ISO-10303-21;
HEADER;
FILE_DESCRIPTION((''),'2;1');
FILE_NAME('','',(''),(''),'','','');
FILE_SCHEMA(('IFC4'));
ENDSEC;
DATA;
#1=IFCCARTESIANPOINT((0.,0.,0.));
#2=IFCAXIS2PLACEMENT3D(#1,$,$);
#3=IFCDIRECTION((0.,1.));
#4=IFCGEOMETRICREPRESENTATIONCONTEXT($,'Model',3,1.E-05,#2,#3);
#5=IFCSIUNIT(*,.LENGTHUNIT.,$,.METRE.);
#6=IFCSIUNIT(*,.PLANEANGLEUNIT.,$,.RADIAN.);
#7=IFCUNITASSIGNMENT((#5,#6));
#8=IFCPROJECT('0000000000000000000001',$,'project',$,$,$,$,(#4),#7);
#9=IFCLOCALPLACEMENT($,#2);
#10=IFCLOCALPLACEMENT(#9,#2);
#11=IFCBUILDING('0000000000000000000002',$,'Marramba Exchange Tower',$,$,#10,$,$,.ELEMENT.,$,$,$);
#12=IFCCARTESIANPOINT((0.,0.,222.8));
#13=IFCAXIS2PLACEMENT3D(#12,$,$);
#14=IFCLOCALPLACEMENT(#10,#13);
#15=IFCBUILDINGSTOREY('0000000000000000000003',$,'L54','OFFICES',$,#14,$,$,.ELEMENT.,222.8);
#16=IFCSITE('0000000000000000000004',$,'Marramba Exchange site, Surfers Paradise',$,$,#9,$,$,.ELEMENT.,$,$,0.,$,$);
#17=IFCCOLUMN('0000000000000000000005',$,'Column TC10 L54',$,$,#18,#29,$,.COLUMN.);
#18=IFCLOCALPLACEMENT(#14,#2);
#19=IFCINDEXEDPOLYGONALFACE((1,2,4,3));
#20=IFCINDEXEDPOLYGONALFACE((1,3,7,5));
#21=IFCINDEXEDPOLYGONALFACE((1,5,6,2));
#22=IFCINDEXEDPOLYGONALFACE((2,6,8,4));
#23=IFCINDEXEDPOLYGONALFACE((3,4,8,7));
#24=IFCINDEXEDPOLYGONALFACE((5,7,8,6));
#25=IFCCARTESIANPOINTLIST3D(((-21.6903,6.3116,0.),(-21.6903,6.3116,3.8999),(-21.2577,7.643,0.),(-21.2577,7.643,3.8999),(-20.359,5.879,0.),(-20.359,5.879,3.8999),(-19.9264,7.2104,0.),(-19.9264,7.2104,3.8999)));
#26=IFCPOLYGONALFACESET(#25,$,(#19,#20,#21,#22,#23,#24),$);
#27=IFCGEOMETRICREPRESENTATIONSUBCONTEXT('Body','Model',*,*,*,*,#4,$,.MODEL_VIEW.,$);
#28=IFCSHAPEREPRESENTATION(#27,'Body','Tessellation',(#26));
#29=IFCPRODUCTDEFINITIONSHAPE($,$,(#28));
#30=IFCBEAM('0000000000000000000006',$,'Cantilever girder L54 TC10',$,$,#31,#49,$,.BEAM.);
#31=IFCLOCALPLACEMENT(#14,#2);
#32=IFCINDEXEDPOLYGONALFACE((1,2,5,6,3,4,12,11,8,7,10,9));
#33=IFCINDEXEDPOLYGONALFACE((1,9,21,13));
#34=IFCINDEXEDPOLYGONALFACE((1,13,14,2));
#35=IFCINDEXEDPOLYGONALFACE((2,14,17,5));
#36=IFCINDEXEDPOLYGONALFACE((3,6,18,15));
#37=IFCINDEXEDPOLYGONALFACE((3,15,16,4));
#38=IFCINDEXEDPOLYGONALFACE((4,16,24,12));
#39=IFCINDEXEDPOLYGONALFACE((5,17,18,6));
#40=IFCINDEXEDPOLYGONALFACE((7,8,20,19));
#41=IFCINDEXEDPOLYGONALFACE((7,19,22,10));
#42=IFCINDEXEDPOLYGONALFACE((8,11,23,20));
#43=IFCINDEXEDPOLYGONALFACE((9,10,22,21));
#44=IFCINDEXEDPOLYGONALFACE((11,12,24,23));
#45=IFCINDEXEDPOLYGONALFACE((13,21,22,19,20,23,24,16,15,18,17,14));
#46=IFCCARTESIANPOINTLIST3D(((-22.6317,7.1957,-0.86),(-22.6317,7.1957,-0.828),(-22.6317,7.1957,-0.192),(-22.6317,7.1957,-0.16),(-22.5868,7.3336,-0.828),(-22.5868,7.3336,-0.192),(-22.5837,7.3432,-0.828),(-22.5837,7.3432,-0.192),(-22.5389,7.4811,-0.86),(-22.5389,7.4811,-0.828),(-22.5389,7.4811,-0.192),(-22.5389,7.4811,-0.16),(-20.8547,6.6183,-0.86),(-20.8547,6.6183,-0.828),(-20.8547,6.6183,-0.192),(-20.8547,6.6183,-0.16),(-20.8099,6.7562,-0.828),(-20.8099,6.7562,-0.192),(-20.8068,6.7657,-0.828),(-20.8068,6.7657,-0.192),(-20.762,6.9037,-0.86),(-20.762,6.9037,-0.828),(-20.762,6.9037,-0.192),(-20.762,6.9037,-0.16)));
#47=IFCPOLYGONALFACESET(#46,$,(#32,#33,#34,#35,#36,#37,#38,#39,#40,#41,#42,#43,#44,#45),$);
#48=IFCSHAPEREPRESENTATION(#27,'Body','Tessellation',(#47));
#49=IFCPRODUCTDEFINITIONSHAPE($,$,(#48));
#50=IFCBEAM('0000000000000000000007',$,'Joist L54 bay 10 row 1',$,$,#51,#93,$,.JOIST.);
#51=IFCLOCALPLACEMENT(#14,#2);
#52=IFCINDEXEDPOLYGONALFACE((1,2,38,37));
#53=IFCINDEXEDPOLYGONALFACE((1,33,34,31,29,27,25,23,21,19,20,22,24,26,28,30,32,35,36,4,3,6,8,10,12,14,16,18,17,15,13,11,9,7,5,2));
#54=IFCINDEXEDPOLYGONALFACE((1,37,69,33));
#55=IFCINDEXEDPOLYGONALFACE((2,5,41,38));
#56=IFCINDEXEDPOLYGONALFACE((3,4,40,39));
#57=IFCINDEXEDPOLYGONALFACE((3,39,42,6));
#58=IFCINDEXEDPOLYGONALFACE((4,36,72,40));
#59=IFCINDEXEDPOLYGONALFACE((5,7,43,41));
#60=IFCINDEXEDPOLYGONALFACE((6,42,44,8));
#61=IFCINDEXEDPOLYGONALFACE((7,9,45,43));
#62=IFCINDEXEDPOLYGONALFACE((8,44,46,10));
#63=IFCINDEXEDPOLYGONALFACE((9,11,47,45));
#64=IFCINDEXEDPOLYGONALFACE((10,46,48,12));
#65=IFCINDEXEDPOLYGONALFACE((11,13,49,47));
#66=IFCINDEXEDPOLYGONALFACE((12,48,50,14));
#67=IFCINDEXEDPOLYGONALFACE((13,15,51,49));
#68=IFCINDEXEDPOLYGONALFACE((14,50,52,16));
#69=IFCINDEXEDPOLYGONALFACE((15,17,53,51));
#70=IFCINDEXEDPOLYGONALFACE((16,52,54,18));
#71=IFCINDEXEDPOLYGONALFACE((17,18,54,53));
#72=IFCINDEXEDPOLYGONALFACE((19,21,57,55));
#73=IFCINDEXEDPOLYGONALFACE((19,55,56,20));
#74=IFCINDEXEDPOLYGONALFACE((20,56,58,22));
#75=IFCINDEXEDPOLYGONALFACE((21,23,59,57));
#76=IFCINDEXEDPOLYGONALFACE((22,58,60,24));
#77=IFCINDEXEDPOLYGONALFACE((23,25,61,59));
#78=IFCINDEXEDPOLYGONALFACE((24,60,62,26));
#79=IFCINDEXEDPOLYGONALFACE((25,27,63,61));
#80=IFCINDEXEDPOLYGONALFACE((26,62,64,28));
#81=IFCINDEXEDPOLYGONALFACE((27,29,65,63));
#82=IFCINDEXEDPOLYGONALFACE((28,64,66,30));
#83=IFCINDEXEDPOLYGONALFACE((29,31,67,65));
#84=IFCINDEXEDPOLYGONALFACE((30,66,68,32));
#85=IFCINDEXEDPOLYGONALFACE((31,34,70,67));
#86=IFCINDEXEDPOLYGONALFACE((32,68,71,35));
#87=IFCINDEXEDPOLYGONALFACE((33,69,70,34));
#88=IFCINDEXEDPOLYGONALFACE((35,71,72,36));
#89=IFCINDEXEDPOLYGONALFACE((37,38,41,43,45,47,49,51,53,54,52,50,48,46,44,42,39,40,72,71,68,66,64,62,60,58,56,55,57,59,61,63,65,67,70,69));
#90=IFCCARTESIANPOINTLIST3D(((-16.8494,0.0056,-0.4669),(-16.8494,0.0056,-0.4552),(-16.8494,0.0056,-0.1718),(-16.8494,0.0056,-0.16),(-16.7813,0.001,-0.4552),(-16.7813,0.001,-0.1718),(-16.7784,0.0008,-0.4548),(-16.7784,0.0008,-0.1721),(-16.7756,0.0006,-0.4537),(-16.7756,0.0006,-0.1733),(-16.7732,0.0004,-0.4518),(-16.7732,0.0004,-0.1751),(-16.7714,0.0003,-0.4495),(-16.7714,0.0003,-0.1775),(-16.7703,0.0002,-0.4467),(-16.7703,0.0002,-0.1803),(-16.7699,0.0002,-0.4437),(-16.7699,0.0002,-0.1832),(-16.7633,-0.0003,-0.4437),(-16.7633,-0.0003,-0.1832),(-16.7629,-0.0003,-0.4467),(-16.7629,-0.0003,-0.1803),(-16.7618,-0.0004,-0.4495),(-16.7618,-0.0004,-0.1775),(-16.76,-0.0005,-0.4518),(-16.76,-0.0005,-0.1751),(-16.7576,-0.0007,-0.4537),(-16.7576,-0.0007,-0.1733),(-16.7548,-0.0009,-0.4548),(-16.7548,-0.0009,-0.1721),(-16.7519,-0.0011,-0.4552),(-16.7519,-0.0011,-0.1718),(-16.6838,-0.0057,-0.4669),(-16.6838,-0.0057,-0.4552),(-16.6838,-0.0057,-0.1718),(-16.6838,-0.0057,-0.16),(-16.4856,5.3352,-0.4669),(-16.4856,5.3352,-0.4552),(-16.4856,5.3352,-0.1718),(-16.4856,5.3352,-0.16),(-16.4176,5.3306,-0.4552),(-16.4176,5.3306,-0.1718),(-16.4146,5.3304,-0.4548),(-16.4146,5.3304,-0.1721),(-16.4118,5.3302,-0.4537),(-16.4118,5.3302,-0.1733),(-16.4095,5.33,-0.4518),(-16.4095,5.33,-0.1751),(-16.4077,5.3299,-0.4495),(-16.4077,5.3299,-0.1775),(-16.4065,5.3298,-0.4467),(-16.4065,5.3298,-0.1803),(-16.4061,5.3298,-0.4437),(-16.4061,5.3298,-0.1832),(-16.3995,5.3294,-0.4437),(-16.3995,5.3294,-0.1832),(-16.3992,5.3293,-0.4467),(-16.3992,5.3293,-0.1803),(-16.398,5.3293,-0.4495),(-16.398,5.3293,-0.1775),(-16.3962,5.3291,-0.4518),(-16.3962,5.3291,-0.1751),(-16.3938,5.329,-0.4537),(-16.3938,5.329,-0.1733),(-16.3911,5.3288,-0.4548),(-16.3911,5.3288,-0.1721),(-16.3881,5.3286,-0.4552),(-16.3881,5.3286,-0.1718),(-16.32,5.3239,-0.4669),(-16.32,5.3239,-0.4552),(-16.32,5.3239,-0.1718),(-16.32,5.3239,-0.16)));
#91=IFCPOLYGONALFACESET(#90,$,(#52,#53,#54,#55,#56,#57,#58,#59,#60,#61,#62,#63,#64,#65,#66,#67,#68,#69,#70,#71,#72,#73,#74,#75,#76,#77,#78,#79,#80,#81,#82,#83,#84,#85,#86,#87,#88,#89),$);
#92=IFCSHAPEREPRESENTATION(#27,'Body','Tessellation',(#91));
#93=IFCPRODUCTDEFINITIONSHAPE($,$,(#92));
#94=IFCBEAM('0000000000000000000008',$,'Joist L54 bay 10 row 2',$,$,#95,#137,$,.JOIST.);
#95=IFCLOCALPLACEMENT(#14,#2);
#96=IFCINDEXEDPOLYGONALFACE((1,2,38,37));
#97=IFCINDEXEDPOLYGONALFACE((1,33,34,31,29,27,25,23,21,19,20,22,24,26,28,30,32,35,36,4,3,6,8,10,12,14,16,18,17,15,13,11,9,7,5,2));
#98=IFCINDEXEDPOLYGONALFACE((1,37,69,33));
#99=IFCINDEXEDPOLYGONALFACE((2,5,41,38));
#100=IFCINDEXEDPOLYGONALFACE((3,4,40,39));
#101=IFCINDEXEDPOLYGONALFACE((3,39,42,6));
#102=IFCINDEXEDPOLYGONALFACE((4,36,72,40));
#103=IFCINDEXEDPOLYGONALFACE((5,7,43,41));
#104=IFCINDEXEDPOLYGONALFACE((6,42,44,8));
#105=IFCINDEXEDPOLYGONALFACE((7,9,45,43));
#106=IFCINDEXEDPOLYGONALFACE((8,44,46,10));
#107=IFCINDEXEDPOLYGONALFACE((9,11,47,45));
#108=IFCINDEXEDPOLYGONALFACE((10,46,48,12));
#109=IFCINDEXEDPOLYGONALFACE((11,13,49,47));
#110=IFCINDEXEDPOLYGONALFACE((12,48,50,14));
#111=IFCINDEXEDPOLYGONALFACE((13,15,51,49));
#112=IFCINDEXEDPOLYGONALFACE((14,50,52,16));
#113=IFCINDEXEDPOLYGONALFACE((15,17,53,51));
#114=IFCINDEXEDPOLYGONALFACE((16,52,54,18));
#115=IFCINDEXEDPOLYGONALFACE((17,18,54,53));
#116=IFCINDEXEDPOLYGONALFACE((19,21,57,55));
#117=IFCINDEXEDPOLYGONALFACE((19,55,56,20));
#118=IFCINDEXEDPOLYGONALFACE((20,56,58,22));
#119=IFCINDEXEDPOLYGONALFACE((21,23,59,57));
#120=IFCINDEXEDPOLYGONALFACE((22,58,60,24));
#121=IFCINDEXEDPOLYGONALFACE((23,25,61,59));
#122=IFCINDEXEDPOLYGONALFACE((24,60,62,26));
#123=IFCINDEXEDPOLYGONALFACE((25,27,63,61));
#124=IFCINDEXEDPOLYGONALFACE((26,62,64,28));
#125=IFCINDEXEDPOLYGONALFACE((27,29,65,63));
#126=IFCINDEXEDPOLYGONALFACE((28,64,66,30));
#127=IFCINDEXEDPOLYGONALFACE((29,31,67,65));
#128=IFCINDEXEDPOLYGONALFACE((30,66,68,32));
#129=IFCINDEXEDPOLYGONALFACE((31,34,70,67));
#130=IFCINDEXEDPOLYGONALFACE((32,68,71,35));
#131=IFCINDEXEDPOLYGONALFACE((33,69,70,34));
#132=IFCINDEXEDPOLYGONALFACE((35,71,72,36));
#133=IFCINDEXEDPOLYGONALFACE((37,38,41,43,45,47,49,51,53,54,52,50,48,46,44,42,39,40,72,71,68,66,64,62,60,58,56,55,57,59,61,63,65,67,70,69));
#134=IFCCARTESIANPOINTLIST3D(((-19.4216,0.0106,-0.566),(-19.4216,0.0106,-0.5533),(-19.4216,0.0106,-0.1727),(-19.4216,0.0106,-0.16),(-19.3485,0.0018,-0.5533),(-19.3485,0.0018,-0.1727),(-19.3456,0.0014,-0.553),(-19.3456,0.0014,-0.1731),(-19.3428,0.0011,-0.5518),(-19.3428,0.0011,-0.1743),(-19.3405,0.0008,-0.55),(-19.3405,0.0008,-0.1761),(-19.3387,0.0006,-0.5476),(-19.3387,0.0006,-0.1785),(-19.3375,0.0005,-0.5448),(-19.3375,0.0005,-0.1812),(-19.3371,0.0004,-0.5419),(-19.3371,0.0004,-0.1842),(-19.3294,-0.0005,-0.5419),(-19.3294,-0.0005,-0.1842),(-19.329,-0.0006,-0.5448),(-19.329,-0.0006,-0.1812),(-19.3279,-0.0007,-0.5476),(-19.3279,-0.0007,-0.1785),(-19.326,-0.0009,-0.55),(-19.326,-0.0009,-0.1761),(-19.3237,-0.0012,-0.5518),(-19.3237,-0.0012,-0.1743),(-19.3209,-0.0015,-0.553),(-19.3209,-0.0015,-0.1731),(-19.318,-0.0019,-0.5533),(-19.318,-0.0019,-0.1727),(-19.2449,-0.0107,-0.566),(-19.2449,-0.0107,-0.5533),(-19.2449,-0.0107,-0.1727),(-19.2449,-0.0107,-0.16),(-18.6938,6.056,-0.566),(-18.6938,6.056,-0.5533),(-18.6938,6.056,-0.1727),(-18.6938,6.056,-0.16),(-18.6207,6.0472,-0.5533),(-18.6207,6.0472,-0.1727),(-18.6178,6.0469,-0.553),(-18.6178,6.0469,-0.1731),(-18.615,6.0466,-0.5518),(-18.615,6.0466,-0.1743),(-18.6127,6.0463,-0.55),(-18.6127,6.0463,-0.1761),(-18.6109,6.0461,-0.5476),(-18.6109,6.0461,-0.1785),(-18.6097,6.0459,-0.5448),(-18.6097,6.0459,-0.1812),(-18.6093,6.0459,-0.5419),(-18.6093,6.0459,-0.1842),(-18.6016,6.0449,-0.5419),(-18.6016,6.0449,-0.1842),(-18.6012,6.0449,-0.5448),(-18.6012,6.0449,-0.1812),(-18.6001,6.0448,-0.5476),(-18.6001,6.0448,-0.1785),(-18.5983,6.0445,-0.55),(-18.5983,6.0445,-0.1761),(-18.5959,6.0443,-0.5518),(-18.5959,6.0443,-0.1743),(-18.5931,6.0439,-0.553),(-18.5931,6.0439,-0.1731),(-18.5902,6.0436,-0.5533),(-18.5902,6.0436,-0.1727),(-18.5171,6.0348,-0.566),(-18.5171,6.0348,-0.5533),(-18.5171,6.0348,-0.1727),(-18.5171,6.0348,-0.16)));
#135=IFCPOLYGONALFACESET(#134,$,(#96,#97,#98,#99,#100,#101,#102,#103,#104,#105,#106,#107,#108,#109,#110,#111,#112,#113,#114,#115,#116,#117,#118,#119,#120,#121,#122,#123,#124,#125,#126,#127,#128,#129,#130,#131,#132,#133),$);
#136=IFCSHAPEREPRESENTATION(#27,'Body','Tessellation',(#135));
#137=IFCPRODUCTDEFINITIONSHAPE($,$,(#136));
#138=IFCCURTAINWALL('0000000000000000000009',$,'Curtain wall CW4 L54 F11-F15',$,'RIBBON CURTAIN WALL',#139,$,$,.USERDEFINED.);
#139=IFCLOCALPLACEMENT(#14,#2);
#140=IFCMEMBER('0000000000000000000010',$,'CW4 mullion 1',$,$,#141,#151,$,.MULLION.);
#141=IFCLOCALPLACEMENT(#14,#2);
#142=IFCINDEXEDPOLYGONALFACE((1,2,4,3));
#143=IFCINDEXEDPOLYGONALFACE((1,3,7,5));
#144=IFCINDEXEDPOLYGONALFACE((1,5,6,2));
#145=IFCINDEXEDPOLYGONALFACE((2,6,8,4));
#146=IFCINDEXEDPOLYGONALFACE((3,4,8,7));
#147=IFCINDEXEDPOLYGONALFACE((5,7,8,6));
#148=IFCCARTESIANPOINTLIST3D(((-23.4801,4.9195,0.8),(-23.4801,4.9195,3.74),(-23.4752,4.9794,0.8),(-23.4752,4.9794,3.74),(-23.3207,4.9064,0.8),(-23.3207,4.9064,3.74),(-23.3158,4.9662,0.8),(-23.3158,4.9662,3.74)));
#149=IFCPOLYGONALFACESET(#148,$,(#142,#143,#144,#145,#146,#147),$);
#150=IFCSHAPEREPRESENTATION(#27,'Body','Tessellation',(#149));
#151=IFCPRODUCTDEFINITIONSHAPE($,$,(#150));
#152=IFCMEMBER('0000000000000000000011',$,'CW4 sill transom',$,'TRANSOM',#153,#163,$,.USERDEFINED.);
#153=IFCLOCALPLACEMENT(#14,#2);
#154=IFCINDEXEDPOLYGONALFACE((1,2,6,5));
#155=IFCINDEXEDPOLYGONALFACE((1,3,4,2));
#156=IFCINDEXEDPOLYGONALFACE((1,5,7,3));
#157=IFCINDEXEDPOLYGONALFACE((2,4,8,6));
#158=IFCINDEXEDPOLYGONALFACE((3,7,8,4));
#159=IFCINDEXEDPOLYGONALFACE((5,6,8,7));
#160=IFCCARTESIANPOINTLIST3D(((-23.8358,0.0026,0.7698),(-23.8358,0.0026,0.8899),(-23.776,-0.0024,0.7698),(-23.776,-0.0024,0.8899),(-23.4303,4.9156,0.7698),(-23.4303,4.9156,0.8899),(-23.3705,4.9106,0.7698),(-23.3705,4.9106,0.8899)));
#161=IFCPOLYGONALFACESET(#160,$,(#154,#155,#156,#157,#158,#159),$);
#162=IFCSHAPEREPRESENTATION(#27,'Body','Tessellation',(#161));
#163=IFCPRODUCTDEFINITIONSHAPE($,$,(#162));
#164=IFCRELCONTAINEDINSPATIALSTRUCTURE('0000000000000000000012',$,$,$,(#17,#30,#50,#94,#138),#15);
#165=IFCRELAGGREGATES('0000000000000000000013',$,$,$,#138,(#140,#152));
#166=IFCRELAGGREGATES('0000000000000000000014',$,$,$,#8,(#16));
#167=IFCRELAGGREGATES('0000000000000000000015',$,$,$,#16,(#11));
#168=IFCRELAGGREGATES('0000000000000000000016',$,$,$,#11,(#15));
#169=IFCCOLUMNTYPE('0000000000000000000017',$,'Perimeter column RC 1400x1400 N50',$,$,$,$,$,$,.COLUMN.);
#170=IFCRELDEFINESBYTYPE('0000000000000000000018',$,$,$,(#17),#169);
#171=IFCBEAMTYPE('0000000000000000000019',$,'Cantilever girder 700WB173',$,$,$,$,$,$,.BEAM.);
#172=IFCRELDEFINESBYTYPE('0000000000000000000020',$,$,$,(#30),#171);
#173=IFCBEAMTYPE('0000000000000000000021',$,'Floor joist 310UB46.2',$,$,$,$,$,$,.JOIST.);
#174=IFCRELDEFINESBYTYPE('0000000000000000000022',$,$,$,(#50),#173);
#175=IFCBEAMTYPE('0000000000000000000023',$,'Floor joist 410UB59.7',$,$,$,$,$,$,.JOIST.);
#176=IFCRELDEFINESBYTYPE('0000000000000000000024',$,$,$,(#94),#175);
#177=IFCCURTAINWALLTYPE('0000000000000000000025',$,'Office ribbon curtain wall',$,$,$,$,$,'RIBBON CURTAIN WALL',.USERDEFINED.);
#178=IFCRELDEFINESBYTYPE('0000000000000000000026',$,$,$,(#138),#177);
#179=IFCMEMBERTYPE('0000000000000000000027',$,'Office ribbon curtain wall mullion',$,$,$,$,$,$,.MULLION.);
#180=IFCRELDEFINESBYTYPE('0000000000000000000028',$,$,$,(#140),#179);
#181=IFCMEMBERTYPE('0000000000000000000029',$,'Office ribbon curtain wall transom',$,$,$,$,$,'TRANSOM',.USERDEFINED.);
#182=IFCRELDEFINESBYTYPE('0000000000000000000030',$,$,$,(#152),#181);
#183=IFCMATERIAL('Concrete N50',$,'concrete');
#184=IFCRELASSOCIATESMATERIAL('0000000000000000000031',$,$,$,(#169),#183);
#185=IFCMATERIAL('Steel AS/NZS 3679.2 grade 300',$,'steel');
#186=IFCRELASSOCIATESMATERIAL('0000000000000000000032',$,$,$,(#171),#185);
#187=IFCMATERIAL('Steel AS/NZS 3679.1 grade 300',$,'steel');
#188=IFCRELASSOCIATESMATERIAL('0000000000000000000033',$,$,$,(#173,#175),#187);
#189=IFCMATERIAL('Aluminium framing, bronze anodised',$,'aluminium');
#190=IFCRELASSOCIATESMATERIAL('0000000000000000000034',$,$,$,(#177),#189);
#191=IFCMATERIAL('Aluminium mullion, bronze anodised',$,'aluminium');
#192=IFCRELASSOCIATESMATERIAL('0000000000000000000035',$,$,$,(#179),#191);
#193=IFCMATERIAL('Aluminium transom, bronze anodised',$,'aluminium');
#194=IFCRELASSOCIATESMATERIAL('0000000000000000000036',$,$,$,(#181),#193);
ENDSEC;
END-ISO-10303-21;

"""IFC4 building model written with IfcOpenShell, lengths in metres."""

from ifc_helpers import new_model, si_unit, direction, frame, origin, origin_2d, place, context, subcontext, project, spatial, rectangle, i_section, extrude, material, material_profile, profile_set, type_object, element, aggregate, save


model = new_model("IFC4")

# Units and contexts
model_context = context("Model", 3, precision=1e-05, world=origin(), true_north=direction((0.0, 1.0)))
body_context = subcontext(model_context, "Body", "Model", "MODEL_VIEW")
ifc_project = project(units=[si_unit("LENGTHUNIT", "METRE"), si_unit("PLANEANGLEUNIT", "RADIAN")], contexts=[model_context])

# Site, building, storey
site_placement = place(None, origin())
site = spatial("IfcSite", under=ifc_project, at=site_placement, Name="Marramba Exchange site, Surfers Paradise", CompositionType="ELEMENT", RefElevation=0.0)
building_placement = place(site_placement, origin())
building = spatial("IfcBuilding", under=site, at=building_placement, Name="Marramba Exchange Tower", CompositionType="ELEMENT")
storey_placement = place(building_placement, frame((0.0, 0.0, 222.8)))
storey = spatial("IfcBuildingStorey", under=building, at=storey_placement, Name="L54", Description="OFFICES", CompositionType="ELEMENT", Elevation=222.8)

# Column
ifc_material_1 = material(Name="Concrete N50", Category="concrete")
ifc_material_profile_1 = material_profile(ifc_material_1, rectangle(XDim=1.3999, YDim=1.3999, at=origin_2d()), Name="RC 1400x1400")
ifc_profile_set_1 = profile_set([ifc_material_profile_1], Name="Concrete N50")
column_type = type_object("IfcColumnType", Name="Perimeter column RC 1400x1400 N50", PredefinedType="COLUMN", material=ifc_profile_set_1)
column_placement = place(storey_placement, frame((-20.8083, 6.761, 0.0), z_axis=(0.0, 0.0, 1.0), x_axis=(-0.951057, 0.309017, 0.0)))
element("IfcColumn", 1, at=column_placement, inside=storey, type_object=column_type, Name="Column TC10 L54", PredefinedType="COLUMN", context=body_context, shape_type="SweptSolid", body=[
    extrude(rectangle(XDim=1.3999, YDim=1.3999, at=origin_2d()), origin(), (0.0, 0.0, 1.0), 3.8999),
])

# Beams
ifc_material_2 = material(Name="Steel AS/NZS 3679.2 grade 300", Category="steel")
ifc_material_profile_2 = material_profile(ifc_material_2, i_section(OverallWidth=0.3, OverallDepth=0.7, WebThickness=0.01, FlangeThickness=0.032, at=origin_2d()), Name="700WB173")
ifc_profile_set_2 = profile_set([ifc_material_profile_2], Name="Steel AS/NZS 3679.2 grade 300")
beam_type_1 = type_object("IfcBeamType", Name="Cantilever girder 700WB173", PredefinedType="BEAM", material=ifc_profile_set_2)
beam_1_placement = place(storey_placement, frame((-20.8083, 6.761, -0.51), z_axis=(-0.951048, 0.309045, 0.0), x_axis=(-0.309045, -0.951048, 0.0)))
element("IfcBeam", 2, at=beam_1_placement, inside=storey, type_object=beam_type_1, Name="Cantilever girder L54 TC10", PredefinedType="BEAM", context=body_context, shape_type="SweptSolid", body=[
    extrude(i_section(OverallWidth=0.3, OverallDepth=0.7, WebThickness=0.01, FlangeThickness=0.032, at=origin_2d()), origin(), (0.0, 0.0, 1.0), 1.8684),
])
ifc_material_3 = material(Name="Steel AS/NZS 3679.1 grade 300", Category="steel")
ifc_material_profile_3 = material_profile(ifc_material_3, i_section(OverallWidth=0.166, OverallDepth=0.3069, WebThickness=0.0066, FlangeThickness=0.0117, FilletRadius=0.0115, at=origin_2d()), Name="310UB46.2")
ifc_profile_set_3 = profile_set([ifc_material_profile_3], Name="Steel AS/NZS 3679.1 grade 300")
beam_type_2 = type_object("IfcBeamType", Name="Floor joist 310UB46.2", PredefinedType="JOIST", material=ifc_profile_set_3)
beam_2_placement = place(storey_placement, frame((-16.4028, 5.3296, -0.3135), z_axis=(-0.068096, -0.997679, 0.0), x_axis=(0.997679, -0.068096, 0.0)))
element("IfcBeam", 3, at=beam_2_placement, inside=storey, type_object=beam_type_2, Name="Joist L54 bay 10 row 1", PredefinedType="JOIST", context=body_context, shape_type="SweptSolid", body=[
    extrude(i_section(OverallWidth=0.166, OverallDepth=0.3069, WebThickness=0.0066, FlangeThickness=0.0117, FilletRadius=0.0115, at=origin_2d()), origin(), (0.0, 0.0, 1.0), 5.342),
])
ifc_material_profile_4 = material_profile(ifc_material_3, i_section(OverallWidth=0.178, OverallDepth=0.406, WebThickness=0.0078, FlangeThickness=0.0127, FilletRadius=0.0115, at=origin_2d()), Name="410UB59.7")
ifc_profile_set_4 = profile_set([ifc_material_profile_4], Name="Steel AS/NZS 3679.1 grade 300")
beam_type_3 = type_object("IfcBeamType", Name="Floor joist 410UB59.7", PredefinedType="JOIST", material=ifc_profile_set_4)
beam_3_placement = place(storey_placement, frame((-18.6055, 6.0454, -0.363), z_axis=(-0.119523, -0.992831, 0.0), x_axis=(0.992831, -0.119523, 0.0)))
element("IfcBeam", 4, at=beam_3_placement, inside=storey, type_object=beam_type_3, Name="Joist L54 bay 10 row 2", PredefinedType="JOIST", context=body_context, shape_type="SweptSolid", body=[
    extrude(i_section(OverallWidth=0.178, OverallDepth=0.406, WebThickness=0.0078, FlangeThickness=0.0127, FilletRadius=0.0115, at=origin_2d()), origin(), (0.0, 0.0, 1.0), 6.0891),
])

# Curtain wall, members
ifc_material_4 = material(Name="Aluminium framing, bronze anodised", Category="aluminium")
curtain_wall_type = type_object("IfcCurtainWallType", Name="Office ribbon curtain wall", ElementType="RIBBON CURTAIN WALL", PredefinedType="USERDEFINED", material=ifc_material_4)
curtain_wall_placement = place(storey_placement, origin())
curtain_wall = element("IfcCurtainWall", 5, at=curtain_wall_placement, inside=storey, type_object=curtain_wall_type, Name="Curtain wall CW4 L54 F11-F15", ObjectType="RIBBON CURTAIN WALL", PredefinedType="USERDEFINED")
ifc_material_5 = material(Name="Aluminium mullion, bronze anodised", Category="aluminium")
ifc_material_profile_5 = material_profile(ifc_material_5, rectangle(XDim=0.1599, YDim=0.0601, at=origin_2d()), Name="CW4 mullion 60x160")
ifc_profile_set_5 = profile_set([ifc_material_profile_5], Name="Aluminium mullion, bronze anodised")
member_type_1 = type_object("IfcMemberType", Name="Office ribbon curtain wall mullion", PredefinedType="MULLION", material=ifc_profile_set_5)
member_1_placement = place(storey_placement, frame((-23.3979, 4.9429, 0.8), z_axis=(0.0, 0.0, 1.0), x_axis=(0.996609, -0.082281, 0.0)))
member_1 = element("IfcMember", 6, at=member_1_placement, type_object=member_type_1, Name="CW4 mullion 1", PredefinedType="MULLION", context=body_context, shape_type="SweptSolid", body=[
    extrude(rectangle(XDim=0.1599, YDim=0.0601, at=origin_2d()), origin(), (0.0, 0.0, 1.0), 2.9399),
])
ifc_material_6 = material(Name="Aluminium transom, bronze anodised", Category="aluminium")
ifc_material_profile_6 = material_profile(ifc_material_6, rectangle(XDim=0.0601, YDim=0.1201, at=origin_2d()), Name="CW4 transom 60x120")
ifc_profile_set_6 = profile_set([ifc_material_profile_6], Name="Aluminium transom, bronze anodised")
member_type_2 = type_object("IfcMemberType", Name="Office ribbon curtain wall transom", ElementType="TRANSOM", PredefinedType="USERDEFINED", material=ifc_profile_set_6)
member_2_placement = place(storey_placement, frame((-23.4004, 4.9131, 0.8298), z_axis=(-0.082259, -0.996611, 0.0), x_axis=(0.996611, -0.082259, 0.0)))
member_2 = element("IfcMember", 7, at=member_2_placement, type_object=member_type_2, Name="CW4 sill transom", ObjectType="TRANSOM", PredefinedType="USERDEFINED", context=body_context, shape_type="SweptSolid", body=[
    extrude(rectangle(XDim=0.0601, YDim=0.1201, at=origin_2d()), origin(), (0.0, 0.0, 1.0), 4.9297),
])

aggregate(curtain_wall, [member_1, member_2])

save(model, "model.ifc")
